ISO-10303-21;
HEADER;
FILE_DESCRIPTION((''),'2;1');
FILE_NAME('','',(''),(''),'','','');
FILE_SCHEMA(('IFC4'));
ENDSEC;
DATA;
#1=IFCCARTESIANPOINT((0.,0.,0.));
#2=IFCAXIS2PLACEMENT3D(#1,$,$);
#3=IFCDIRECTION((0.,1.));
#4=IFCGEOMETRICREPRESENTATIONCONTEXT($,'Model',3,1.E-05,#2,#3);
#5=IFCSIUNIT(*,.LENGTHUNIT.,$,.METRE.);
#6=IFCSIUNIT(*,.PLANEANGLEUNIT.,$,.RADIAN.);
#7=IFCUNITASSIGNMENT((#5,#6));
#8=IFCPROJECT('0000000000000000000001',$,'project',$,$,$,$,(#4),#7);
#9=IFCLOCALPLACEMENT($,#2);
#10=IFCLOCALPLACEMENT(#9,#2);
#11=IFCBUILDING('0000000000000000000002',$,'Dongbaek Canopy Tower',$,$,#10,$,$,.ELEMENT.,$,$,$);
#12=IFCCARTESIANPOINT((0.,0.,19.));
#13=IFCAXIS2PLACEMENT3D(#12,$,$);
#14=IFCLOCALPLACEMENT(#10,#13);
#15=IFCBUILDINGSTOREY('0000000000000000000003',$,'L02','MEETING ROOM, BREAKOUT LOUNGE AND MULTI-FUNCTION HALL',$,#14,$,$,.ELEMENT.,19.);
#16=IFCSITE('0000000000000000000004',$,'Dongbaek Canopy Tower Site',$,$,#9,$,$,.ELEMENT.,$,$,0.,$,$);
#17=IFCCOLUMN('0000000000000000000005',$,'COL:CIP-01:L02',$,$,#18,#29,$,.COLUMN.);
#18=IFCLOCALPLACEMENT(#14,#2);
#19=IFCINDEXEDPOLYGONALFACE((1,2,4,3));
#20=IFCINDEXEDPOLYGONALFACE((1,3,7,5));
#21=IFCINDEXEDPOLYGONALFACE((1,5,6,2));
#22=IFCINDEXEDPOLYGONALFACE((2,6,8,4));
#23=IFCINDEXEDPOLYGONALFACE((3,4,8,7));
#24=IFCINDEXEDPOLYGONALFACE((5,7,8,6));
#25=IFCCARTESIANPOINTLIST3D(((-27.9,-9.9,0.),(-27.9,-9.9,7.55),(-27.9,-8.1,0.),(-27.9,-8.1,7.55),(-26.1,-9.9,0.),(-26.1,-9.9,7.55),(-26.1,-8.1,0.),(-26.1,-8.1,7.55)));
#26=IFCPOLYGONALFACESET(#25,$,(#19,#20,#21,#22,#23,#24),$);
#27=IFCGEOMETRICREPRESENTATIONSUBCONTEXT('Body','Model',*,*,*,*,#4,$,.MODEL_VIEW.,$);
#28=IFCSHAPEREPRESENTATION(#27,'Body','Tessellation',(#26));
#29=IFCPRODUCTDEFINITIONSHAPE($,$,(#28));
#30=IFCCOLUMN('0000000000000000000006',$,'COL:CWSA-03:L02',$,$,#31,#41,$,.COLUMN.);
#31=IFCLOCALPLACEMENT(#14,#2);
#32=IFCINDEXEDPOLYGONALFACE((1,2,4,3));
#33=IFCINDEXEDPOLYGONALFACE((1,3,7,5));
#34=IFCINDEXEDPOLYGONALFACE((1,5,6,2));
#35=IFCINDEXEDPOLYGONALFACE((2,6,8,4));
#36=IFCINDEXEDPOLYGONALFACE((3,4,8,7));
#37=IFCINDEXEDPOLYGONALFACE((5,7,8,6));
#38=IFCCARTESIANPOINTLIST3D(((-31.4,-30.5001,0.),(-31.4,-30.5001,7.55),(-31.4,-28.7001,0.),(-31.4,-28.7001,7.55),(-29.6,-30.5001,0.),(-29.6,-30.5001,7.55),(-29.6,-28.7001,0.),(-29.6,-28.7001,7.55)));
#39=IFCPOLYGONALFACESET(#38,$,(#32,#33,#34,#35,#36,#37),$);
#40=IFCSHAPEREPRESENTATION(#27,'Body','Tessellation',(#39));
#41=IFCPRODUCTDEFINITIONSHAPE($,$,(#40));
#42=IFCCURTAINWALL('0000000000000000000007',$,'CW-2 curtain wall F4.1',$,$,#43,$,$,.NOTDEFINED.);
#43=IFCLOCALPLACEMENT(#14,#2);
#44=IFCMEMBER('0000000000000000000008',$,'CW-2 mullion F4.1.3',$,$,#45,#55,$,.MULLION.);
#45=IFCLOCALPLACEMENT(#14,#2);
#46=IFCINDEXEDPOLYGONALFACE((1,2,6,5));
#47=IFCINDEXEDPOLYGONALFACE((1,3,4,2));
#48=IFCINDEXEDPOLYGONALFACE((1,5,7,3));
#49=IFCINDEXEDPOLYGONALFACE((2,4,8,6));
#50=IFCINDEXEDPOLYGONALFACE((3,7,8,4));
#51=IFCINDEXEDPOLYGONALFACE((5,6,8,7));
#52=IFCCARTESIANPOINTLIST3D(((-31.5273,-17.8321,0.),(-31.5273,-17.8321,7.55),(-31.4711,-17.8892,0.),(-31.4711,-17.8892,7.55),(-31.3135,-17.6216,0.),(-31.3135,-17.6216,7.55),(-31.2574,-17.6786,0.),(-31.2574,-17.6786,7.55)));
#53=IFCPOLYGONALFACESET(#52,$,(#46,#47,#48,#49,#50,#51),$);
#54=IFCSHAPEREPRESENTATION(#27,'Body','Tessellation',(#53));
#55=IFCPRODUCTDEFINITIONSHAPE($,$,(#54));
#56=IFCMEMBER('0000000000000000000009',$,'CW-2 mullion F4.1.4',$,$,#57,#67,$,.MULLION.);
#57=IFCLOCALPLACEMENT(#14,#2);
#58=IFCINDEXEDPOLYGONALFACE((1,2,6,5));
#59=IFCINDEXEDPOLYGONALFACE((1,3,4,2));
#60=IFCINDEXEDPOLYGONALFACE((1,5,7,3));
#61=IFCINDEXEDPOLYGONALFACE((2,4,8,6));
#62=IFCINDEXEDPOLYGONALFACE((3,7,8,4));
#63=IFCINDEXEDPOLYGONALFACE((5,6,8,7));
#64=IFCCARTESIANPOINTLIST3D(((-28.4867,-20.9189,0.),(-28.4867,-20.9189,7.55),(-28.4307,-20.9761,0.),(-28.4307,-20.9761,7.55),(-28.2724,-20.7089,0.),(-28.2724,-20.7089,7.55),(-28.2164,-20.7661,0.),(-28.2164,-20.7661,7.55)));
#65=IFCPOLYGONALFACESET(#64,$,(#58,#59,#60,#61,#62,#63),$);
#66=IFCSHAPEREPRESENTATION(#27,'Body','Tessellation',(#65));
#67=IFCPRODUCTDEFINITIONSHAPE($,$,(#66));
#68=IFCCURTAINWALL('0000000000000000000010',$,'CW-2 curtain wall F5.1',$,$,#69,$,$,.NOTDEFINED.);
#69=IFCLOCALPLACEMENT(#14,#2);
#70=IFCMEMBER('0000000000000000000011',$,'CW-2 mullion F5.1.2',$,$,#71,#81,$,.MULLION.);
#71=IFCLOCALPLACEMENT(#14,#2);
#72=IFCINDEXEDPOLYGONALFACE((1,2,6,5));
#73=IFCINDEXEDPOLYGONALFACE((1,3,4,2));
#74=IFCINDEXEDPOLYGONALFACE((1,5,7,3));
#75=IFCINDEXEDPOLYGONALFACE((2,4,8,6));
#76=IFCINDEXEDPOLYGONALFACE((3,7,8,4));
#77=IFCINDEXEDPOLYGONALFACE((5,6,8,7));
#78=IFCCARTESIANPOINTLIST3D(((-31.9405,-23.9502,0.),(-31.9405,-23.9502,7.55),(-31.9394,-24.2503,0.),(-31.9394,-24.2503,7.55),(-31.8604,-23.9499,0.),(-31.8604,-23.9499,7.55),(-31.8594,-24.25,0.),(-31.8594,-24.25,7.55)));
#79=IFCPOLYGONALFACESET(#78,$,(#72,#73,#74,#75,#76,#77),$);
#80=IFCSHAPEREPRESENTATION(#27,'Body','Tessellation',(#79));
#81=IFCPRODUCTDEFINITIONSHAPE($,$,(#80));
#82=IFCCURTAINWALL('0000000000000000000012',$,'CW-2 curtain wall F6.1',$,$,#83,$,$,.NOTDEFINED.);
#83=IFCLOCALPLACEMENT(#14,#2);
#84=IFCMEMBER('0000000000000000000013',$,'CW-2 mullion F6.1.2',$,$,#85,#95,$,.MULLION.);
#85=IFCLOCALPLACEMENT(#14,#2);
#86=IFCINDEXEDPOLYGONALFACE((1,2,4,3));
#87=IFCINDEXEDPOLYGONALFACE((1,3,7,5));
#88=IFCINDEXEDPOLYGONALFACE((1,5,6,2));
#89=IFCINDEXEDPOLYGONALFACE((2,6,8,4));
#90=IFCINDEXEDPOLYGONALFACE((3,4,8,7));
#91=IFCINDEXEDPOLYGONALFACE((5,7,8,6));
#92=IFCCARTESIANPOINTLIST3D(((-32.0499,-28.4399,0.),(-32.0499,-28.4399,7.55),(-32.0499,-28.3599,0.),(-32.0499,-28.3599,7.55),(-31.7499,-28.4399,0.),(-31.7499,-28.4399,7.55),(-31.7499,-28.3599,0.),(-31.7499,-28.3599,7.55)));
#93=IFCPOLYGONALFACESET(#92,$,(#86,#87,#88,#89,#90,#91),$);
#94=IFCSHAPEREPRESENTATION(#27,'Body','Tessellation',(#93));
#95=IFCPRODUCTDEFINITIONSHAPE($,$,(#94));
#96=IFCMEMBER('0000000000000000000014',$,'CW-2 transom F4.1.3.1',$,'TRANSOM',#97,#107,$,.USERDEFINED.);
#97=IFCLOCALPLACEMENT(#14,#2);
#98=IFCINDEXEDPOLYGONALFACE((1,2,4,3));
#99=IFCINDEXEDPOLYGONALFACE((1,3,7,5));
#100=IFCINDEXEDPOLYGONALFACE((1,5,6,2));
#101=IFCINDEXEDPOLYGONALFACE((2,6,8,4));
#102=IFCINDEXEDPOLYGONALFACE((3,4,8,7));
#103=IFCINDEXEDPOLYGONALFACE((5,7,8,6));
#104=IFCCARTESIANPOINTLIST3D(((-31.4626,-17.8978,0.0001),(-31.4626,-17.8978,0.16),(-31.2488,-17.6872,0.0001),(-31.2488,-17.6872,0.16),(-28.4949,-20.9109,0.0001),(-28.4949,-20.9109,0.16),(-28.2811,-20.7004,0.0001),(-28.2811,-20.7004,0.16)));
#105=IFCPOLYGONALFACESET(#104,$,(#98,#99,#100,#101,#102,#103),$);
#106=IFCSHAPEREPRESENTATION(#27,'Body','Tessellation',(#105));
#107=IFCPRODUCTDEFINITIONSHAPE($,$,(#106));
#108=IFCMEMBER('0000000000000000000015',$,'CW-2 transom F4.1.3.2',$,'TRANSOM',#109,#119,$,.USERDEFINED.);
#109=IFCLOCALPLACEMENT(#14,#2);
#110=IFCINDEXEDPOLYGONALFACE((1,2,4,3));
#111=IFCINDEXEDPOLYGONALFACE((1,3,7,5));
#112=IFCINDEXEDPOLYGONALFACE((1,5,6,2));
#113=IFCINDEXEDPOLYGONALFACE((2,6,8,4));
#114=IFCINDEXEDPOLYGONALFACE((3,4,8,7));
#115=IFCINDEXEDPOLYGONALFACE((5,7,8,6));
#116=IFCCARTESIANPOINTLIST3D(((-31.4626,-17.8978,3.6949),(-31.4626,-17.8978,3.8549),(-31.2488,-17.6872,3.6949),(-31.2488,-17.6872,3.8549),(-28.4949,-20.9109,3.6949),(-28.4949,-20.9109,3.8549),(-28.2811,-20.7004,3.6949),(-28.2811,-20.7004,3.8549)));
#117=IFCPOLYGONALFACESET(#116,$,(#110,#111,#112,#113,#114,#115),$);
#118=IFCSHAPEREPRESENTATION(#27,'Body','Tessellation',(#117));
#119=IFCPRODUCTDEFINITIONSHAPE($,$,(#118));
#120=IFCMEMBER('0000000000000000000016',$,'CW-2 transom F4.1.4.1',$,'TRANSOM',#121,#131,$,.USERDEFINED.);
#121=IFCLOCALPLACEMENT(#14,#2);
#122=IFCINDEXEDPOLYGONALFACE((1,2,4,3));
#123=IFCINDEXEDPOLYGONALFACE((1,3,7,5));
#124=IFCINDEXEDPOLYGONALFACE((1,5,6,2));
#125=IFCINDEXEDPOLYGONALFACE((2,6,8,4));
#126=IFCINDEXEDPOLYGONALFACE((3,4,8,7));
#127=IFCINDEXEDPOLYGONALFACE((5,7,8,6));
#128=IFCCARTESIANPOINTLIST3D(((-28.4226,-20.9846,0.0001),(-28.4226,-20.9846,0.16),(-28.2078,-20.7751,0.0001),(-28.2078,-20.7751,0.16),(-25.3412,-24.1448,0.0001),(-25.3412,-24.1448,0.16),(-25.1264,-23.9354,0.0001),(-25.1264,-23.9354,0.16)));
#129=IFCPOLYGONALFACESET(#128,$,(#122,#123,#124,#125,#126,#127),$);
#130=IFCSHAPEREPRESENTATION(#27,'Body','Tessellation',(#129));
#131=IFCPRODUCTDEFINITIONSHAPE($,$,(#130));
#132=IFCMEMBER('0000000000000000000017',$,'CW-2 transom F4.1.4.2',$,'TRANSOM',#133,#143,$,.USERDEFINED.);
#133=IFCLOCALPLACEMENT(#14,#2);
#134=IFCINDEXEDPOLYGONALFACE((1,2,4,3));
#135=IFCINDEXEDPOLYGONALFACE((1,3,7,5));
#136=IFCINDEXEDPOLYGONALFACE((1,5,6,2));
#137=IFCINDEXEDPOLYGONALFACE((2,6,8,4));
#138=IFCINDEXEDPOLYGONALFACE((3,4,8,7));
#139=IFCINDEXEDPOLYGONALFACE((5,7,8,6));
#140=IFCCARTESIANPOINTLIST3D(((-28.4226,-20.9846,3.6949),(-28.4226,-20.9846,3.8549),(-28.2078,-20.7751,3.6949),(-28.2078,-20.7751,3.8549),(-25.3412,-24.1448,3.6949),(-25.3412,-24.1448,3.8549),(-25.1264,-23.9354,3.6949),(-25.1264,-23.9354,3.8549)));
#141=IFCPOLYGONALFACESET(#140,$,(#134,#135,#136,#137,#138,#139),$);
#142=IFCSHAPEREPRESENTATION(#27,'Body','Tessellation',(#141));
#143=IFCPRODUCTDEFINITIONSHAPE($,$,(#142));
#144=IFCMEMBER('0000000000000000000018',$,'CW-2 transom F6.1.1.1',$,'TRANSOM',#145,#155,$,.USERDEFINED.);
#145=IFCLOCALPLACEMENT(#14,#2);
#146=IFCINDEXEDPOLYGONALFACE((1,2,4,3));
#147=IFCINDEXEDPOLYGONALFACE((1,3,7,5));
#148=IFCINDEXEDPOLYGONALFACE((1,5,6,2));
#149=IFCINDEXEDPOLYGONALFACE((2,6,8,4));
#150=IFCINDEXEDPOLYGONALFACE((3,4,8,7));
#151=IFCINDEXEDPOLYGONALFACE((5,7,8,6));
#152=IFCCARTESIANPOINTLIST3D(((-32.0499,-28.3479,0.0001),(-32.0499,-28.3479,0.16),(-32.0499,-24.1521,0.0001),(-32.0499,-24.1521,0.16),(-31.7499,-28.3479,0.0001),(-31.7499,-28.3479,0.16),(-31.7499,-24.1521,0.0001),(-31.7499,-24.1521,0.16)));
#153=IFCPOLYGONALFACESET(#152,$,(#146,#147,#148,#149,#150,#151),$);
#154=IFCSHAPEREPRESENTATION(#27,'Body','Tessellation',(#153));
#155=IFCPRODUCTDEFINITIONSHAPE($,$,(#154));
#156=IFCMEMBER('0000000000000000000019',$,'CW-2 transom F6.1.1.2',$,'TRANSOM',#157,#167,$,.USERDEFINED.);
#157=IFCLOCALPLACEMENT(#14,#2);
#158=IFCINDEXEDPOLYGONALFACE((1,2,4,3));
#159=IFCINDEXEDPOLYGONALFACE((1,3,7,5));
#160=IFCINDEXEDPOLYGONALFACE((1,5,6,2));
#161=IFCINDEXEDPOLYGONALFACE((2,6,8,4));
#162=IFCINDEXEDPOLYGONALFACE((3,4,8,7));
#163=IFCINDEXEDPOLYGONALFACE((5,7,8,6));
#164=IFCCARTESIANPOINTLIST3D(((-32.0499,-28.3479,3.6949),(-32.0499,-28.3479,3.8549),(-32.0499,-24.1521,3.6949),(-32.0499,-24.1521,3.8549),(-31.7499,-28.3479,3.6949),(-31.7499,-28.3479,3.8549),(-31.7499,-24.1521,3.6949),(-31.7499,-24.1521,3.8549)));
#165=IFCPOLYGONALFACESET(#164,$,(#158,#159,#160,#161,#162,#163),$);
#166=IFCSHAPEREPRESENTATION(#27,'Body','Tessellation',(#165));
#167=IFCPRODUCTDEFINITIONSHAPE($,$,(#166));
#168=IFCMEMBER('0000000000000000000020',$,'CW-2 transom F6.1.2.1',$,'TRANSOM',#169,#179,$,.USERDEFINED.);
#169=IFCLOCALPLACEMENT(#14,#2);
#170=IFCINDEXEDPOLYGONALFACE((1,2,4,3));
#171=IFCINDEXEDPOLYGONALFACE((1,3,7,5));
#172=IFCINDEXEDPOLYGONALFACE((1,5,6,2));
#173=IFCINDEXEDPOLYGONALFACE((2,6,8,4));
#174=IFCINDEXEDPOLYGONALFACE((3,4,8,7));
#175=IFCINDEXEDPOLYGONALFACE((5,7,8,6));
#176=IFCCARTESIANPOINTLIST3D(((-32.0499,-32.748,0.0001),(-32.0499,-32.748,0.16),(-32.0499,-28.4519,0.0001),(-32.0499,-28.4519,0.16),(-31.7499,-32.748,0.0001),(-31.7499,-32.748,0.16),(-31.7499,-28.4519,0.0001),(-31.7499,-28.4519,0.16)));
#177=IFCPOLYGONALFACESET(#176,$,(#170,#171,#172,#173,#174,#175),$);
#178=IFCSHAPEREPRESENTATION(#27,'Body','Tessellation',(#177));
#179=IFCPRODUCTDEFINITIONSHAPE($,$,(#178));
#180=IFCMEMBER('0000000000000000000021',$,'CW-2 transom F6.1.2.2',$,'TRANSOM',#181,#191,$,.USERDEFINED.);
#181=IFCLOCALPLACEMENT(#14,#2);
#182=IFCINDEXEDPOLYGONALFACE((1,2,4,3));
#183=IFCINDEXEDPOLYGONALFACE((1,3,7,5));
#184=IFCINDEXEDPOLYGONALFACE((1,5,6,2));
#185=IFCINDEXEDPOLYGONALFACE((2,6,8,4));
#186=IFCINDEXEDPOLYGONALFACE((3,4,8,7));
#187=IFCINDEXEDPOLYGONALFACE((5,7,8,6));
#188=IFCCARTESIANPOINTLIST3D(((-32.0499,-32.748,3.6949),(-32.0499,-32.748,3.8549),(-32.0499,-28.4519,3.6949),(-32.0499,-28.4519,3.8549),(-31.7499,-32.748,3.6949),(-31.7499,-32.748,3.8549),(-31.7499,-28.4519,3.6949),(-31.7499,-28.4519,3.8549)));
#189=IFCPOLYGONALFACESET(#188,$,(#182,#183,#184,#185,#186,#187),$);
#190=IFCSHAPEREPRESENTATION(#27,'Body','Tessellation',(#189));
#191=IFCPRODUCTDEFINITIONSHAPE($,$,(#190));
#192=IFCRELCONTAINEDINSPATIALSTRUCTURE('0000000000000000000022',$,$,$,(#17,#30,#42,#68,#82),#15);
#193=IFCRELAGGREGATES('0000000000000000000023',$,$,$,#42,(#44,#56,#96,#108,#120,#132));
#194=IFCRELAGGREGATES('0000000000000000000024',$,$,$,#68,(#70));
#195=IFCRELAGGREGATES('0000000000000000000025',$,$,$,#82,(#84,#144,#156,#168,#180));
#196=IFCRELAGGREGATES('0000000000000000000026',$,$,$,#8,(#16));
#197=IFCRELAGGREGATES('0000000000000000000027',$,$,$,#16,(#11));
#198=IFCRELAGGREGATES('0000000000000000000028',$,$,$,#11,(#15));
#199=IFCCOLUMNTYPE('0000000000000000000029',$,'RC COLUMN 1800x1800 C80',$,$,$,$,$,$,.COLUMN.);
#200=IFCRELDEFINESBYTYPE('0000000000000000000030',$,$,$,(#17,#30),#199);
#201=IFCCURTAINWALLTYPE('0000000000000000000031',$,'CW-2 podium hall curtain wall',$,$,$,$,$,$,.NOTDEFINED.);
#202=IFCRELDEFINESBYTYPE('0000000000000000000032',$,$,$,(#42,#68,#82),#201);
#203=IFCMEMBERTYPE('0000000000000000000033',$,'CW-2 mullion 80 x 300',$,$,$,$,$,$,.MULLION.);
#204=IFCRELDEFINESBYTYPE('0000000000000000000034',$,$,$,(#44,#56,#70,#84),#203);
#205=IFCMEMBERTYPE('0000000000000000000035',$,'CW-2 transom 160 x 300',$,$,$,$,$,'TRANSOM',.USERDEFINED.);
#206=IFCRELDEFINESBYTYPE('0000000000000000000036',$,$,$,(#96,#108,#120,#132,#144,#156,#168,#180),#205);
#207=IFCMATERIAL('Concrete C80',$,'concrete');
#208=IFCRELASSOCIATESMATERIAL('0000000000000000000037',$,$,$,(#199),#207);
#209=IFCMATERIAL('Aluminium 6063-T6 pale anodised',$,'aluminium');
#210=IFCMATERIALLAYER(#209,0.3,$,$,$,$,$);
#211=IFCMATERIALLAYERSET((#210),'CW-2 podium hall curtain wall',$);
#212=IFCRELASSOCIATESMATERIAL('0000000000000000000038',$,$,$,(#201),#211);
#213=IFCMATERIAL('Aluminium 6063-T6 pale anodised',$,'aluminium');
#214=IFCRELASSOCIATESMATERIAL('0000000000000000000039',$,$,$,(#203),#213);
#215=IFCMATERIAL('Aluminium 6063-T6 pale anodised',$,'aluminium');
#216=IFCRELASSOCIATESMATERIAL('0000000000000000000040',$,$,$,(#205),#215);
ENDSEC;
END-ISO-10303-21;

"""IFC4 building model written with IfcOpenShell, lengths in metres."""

from ifc_helpers import new_model, si_unit, direction, frame, origin, origin_2d, place, context, subcontext, project, spatial, rectangle, extrude, material, layer, layer_set, material_profile, profile_set, type_object, element, aggregate, save


model = new_model("IFC4")

# Units and contexts
model_context = context("Model", 3, precision=1e-05, world=origin(), true_north=direction((0.0, 1.0)))
body_context = subcontext(model_context, "Body", "Model", "MODEL_VIEW")
ifc_project = project(units=[si_unit("LENGTHUNIT", "METRE"), si_unit("PLANEANGLEUNIT", "RADIAN")], contexts=[model_context])

# Site, building, storey
site_placement = place(None, origin())
site = spatial("IfcSite", under=ifc_project, at=site_placement, Name="Dongbaek Canopy Tower Site", CompositionType="ELEMENT", RefElevation=0.0)
building_placement = place(site_placement, origin())
building = spatial("IfcBuilding", under=site, at=building_placement, Name="Dongbaek Canopy Tower", CompositionType="ELEMENT")
storey_placement = place(building_placement, frame((0.0, 0.0, 19.0)))
storey = spatial("IfcBuildingStorey", under=building, at=storey_placement, Name="L02", Description="MEETING ROOM, BREAKOUT LOUNGE AND MULTI-FUNCTION HALL", CompositionType="ELEMENT", Elevation=19.0)

# Columns
ifc_material_1 = material(Name="Concrete C80", Category="concrete")
ifc_material_profile_1 = material_profile(ifc_material_1, rectangle(XDim=1.8, YDim=1.8, at=origin_2d()), Name="RC COLUMN 1800x1800 C80")
ifc_profile_set_1 = profile_set([ifc_material_profile_1], Name="Concrete C80")
column_type = type_object("IfcColumnType", Name="RC COLUMN 1800x1800 C80", PredefinedType="COLUMN", material=ifc_profile_set_1)
for number, where, z_axis, x_axis, name in (
    (1, (-27.0, -9.0, 0.0), (0.0, 0.0, 1.0), (1.0, 0.0, 0.0), "COL:CIP-01:L02"),
    (2, (-30.5, -29.6001, 0.0), (0.0, 0.0, 1.0), (1.0, 0.0, 0.0), "COL:CWSA-03:L02"),
):
    element("IfcColumn", number, at=place(storey_placement, frame(where, z_axis=z_axis, x_axis=x_axis)), inside=storey, type_object=column_type, Name=name, PredefinedType="COLUMN", context=body_context, shape_type="SweptSolid", body=[
        extrude(rectangle(XDim=1.8, YDim=1.8, at=origin_2d()), origin(), (0.0, 0.0, 1.0), 7.55),
    ])

# Curtain wall, members
ifc_material_2 = material(Name="Aluminium 6063-T6 pale anodised", Category="aluminium")
ifc_layer_1 = layer(ifc_material_2, 0.3)
ifc_layer_set_1 = layer_set([ifc_layer_1], Name="CW-2 podium hall curtain wall")
curtain_wall_type = type_object("IfcCurtainWallType", Name="CW-2 podium hall curtain wall", PredefinedType="NOTDEFINED", material=ifc_layer_set_1)
curtain_wall_1_placement = place(storey_placement, origin())
curtain_wall_1 = element("IfcCurtainWall", 3, at=curtain_wall_1_placement, inside=storey, type_object=curtain_wall_type, Name="CW-2 curtain wall F4.1", PredefinedType="NOTDEFINED")
ifc_material_3 = material(Name="Aluminium 6063-T6 pale anodised", Category="aluminium")
ifc_material_profile_2 = material_profile(ifc_material_3, rectangle(XDim=0.3, YDim=0.0801, at=origin_2d()), Name="CW-2 mullion 80 x 300")
ifc_profile_set_2 = profile_set([ifc_material_profile_2], Name="Aluminium 6063-T6 pale anodised")
member_type_1 = type_object("IfcMemberType", Name="CW-2 mullion 80 x 300", PredefinedType="MULLION", material=ifc_profile_set_2)
member_1_placement = place(storey_placement, frame((-31.3923, -17.7554, 0.0), z_axis=(0.0, 0.0, 1.0), x_axis=(-0.712455, -0.701718, 0.0)))
member_1 = element("IfcMember", 4, at=member_1_placement, type_object=member_type_1, Name="CW-2 mullion F4.1.3", PredefinedType="MULLION", context=body_context, shape_type="SweptSolid", body=[
    extrude(rectangle(XDim=0.3, YDim=0.0801, at=origin_2d()), origin(), (0.0, 0.0, 1.0), 7.55),
])
member_2_placement = place(storey_placement, frame((-28.3516, -20.8425, 0.0), z_axis=(0.0, 0.0, 1.0), x_axis=(-0.71422, -0.699921, 0.0)))
member_2 = element("IfcMember", 5, at=member_2_placement, type_object=member_type_1, Name="CW-2 mullion F4.1.4", PredefinedType="MULLION", context=body_context, shape_type="SweptSolid", body=[
    extrude(rectangle(XDim=0.3, YDim=0.0801, at=origin_2d()), origin(), (0.0, 0.0, 1.0), 7.55),
])

# Curtain walls, members
curtain_wall_2_placement = place(storey_placement, origin())
curtain_wall_2 = element("IfcCurtainWall", 6, at=curtain_wall_2_placement, inside=storey, type_object=curtain_wall_type, Name="CW-2 curtain wall F5.1", PredefinedType="NOTDEFINED")
member_3_placement = place(storey_placement, frame((-31.8999, -24.1001, 0.0), z_axis=(0.0, 0.0, 1.0), x_axis=(-0.003396, 0.999994, 0.0)))
member_3 = element("IfcMember", 7, at=member_3_placement, type_object=member_type_1, Name="CW-2 mullion F5.1.2", PredefinedType="MULLION", context=body_context, shape_type="SweptSolid", body=[
    extrude(rectangle(XDim=0.3, YDim=0.0801, at=origin_2d()), origin(), (0.0, 0.0, 1.0), 7.55),
])
curtain_wall_3_placement = place(storey_placement, origin())
curtain_wall_3 = element("IfcCurtainWall", 8, at=curtain_wall_3_placement, inside=storey, type_object=curtain_wall_type, Name="CW-2 curtain wall F6.1", PredefinedType="NOTDEFINED")
member_4_placement = place(storey_placement, frame((-31.8999, -28.3999, 0.0), z_axis=(0.0, 0.0, 1.0), x_axis=(-1.0, 0.0, 0.0)))
member_4 = element("IfcMember", 9, at=member_4_placement, type_object=member_type_1, Name="CW-2 mullion F6.1.2", PredefinedType="MULLION", context=body_context, shape_type="SweptSolid", body=[
    extrude(rectangle(XDim=0.3, YDim=0.0801, at=origin_2d()), origin(), (0.0, 0.0, 1.0), 7.55),
])

# Members
ifc_material_4 = material(Name="Aluminium 6063-T6 pale anodised", Category="aluminium")
ifc_material_profile_3 = material_profile(ifc_material_4, rectangle(XDim=0.3, YDim=0.1599, at=origin_2d()), Name="CW-2 transom 160 x 300")
ifc_profile_set_3 = profile_set([ifc_material_profile_3], Name="Aluminium 6063-T6 pale anodised")
member_type_2 = type_object("IfcMemberType", Name="CW-2 transom 160 x 300", ElementType="TRANSOM", PredefinedType="USERDEFINED", material=ifc_profile_set_3)
member_5_placement = place(storey_placement, frame((-31.3557, -17.7925, 0.0801), z_axis=(0.701718, -0.712455, 0.0), x_axis=(0.712455, 0.701718, 0.0)))
member_5 = element("IfcMember", 10, at=member_5_placement, type_object=member_type_2, Name="CW-2 transom F4.1.3.1", ObjectType="TRANSOM", PredefinedType="USERDEFINED", context=body_context, shape_type="SweptSolid", body=[
    extrude(rectangle(XDim=0.3, YDim=0.1599, at=origin_2d()), origin(), (0.0, 0.0, 1.0), 4.2292),
])
member_6_placement = place(storey_placement, frame((-31.3557, -17.7925, 3.7749), z_axis=(0.701718, -0.712455, 0.0), x_axis=(0.712455, 0.701718, 0.0)))
member_6 = element("IfcMember", 11, at=member_6_placement, type_object=member_type_2, Name="CW-2 transom F4.1.3.2", ObjectType="TRANSOM", PredefinedType="USERDEFINED", context=body_context, shape_type="SweptSolid", body=[
    extrude(rectangle(XDim=0.3, YDim=0.1599, at=origin_2d()), origin(), (0.0, 0.0, 1.0), 4.2292),
])
member_7_placement = place(storey_placement, frame((-28.3152, -20.8799, 0.0801), z_axis=(0.698117, -0.715984, 0.0), x_axis=(0.715984, 0.698117, 0.0)))
member_7 = element("IfcMember", 12, at=member_7_placement, type_object=member_type_2, Name="CW-2 transom F4.1.4.1", ObjectType="TRANSOM", PredefinedType="USERDEFINED", context=body_context, shape_type="SweptSolid", body=[
    extrude(rectangle(XDim=0.3, YDim=0.1599, at=origin_2d()), origin(), (0.0, 0.0, 1.0), 4.4138),
])
member_8_placement = place(storey_placement, frame((-28.3152, -20.8799, 3.7749), z_axis=(0.698117, -0.715984, 0.0), x_axis=(0.715984, 0.698117, 0.0)))
member_8 = element("IfcMember", 13, at=member_8_placement, type_object=member_type_2, Name="CW-2 transom F4.1.4.2", ObjectType="TRANSOM", PredefinedType="USERDEFINED", context=body_context, shape_type="SweptSolid", body=[
    extrude(rectangle(XDim=0.3, YDim=0.1599, at=origin_2d()), origin(), (0.0, 0.0, 1.0), 4.4138),
])
member_9_placement = place(storey_placement, frame((-31.8999, -24.1521, 0.0801), z_axis=(0.0, -1.0, 0.0), x_axis=(1.0, 0.0, 0.0)))
member_9 = element("IfcMember", 14, at=member_9_placement, type_object=member_type_2, Name="CW-2 transom F6.1.1.1", ObjectType="TRANSOM", PredefinedType="USERDEFINED", context=body_context, shape_type="SweptSolid", body=[
    extrude(rectangle(XDim=0.3, YDim=0.1599, at=origin_2d()), origin(), (0.0, 0.0, 1.0), 4.1958),
])
member_10_placement = place(storey_placement, frame((-31.8999, -24.1521, 3.7749), z_axis=(0.0, -1.0, 0.0), x_axis=(1.0, 0.0, 0.0)))
member_10 = element("IfcMember", 15, at=member_10_placement, type_object=member_type_2, Name="CW-2 transom F6.1.1.2", ObjectType="TRANSOM", PredefinedType="USERDEFINED", context=body_context, shape_type="SweptSolid", body=[
    extrude(rectangle(XDim=0.3, YDim=0.1599, at=origin_2d()), origin(), (0.0, 0.0, 1.0), 4.1958),
])
member_11_placement = place(storey_placement, frame((-31.8999, -28.4519, 0.0801), z_axis=(0.0, -1.0, 0.0), x_axis=(1.0, 0.0, 0.0)))
member_11 = element("IfcMember", 16, at=member_11_placement, type_object=member_type_2, Name="CW-2 transom F6.1.2.1", ObjectType="TRANSOM", PredefinedType="USERDEFINED", context=body_context, shape_type="SweptSolid", body=[
    extrude(rectangle(XDim=0.3, YDim=0.1599, at=origin_2d()), origin(), (0.0, 0.0, 1.0), 4.2961),
])
member_12_placement = place(storey_placement, frame((-31.8999, -28.4519, 3.7749), z_axis=(0.0, -1.0, 0.0), x_axis=(1.0, 0.0, 0.0)))
member_12 = element("IfcMember", 17, at=member_12_placement, type_object=member_type_2, Name="CW-2 transom F6.1.2.2", ObjectType="TRANSOM", PredefinedType="USERDEFINED", context=body_context, shape_type="SweptSolid", body=[
    extrude(rectangle(XDim=0.3, YDim=0.1599, at=origin_2d()), origin(), (0.0, 0.0, 1.0), 4.2961),
])

aggregate(curtain_wall_1, [member_1, member_2, member_5, member_6, member_7, member_8])
aggregate(curtain_wall_2, [member_3])
aggregate(curtain_wall_3, [member_4, member_9, member_10, member_11, member_12])

save(model, "model.ifc")
